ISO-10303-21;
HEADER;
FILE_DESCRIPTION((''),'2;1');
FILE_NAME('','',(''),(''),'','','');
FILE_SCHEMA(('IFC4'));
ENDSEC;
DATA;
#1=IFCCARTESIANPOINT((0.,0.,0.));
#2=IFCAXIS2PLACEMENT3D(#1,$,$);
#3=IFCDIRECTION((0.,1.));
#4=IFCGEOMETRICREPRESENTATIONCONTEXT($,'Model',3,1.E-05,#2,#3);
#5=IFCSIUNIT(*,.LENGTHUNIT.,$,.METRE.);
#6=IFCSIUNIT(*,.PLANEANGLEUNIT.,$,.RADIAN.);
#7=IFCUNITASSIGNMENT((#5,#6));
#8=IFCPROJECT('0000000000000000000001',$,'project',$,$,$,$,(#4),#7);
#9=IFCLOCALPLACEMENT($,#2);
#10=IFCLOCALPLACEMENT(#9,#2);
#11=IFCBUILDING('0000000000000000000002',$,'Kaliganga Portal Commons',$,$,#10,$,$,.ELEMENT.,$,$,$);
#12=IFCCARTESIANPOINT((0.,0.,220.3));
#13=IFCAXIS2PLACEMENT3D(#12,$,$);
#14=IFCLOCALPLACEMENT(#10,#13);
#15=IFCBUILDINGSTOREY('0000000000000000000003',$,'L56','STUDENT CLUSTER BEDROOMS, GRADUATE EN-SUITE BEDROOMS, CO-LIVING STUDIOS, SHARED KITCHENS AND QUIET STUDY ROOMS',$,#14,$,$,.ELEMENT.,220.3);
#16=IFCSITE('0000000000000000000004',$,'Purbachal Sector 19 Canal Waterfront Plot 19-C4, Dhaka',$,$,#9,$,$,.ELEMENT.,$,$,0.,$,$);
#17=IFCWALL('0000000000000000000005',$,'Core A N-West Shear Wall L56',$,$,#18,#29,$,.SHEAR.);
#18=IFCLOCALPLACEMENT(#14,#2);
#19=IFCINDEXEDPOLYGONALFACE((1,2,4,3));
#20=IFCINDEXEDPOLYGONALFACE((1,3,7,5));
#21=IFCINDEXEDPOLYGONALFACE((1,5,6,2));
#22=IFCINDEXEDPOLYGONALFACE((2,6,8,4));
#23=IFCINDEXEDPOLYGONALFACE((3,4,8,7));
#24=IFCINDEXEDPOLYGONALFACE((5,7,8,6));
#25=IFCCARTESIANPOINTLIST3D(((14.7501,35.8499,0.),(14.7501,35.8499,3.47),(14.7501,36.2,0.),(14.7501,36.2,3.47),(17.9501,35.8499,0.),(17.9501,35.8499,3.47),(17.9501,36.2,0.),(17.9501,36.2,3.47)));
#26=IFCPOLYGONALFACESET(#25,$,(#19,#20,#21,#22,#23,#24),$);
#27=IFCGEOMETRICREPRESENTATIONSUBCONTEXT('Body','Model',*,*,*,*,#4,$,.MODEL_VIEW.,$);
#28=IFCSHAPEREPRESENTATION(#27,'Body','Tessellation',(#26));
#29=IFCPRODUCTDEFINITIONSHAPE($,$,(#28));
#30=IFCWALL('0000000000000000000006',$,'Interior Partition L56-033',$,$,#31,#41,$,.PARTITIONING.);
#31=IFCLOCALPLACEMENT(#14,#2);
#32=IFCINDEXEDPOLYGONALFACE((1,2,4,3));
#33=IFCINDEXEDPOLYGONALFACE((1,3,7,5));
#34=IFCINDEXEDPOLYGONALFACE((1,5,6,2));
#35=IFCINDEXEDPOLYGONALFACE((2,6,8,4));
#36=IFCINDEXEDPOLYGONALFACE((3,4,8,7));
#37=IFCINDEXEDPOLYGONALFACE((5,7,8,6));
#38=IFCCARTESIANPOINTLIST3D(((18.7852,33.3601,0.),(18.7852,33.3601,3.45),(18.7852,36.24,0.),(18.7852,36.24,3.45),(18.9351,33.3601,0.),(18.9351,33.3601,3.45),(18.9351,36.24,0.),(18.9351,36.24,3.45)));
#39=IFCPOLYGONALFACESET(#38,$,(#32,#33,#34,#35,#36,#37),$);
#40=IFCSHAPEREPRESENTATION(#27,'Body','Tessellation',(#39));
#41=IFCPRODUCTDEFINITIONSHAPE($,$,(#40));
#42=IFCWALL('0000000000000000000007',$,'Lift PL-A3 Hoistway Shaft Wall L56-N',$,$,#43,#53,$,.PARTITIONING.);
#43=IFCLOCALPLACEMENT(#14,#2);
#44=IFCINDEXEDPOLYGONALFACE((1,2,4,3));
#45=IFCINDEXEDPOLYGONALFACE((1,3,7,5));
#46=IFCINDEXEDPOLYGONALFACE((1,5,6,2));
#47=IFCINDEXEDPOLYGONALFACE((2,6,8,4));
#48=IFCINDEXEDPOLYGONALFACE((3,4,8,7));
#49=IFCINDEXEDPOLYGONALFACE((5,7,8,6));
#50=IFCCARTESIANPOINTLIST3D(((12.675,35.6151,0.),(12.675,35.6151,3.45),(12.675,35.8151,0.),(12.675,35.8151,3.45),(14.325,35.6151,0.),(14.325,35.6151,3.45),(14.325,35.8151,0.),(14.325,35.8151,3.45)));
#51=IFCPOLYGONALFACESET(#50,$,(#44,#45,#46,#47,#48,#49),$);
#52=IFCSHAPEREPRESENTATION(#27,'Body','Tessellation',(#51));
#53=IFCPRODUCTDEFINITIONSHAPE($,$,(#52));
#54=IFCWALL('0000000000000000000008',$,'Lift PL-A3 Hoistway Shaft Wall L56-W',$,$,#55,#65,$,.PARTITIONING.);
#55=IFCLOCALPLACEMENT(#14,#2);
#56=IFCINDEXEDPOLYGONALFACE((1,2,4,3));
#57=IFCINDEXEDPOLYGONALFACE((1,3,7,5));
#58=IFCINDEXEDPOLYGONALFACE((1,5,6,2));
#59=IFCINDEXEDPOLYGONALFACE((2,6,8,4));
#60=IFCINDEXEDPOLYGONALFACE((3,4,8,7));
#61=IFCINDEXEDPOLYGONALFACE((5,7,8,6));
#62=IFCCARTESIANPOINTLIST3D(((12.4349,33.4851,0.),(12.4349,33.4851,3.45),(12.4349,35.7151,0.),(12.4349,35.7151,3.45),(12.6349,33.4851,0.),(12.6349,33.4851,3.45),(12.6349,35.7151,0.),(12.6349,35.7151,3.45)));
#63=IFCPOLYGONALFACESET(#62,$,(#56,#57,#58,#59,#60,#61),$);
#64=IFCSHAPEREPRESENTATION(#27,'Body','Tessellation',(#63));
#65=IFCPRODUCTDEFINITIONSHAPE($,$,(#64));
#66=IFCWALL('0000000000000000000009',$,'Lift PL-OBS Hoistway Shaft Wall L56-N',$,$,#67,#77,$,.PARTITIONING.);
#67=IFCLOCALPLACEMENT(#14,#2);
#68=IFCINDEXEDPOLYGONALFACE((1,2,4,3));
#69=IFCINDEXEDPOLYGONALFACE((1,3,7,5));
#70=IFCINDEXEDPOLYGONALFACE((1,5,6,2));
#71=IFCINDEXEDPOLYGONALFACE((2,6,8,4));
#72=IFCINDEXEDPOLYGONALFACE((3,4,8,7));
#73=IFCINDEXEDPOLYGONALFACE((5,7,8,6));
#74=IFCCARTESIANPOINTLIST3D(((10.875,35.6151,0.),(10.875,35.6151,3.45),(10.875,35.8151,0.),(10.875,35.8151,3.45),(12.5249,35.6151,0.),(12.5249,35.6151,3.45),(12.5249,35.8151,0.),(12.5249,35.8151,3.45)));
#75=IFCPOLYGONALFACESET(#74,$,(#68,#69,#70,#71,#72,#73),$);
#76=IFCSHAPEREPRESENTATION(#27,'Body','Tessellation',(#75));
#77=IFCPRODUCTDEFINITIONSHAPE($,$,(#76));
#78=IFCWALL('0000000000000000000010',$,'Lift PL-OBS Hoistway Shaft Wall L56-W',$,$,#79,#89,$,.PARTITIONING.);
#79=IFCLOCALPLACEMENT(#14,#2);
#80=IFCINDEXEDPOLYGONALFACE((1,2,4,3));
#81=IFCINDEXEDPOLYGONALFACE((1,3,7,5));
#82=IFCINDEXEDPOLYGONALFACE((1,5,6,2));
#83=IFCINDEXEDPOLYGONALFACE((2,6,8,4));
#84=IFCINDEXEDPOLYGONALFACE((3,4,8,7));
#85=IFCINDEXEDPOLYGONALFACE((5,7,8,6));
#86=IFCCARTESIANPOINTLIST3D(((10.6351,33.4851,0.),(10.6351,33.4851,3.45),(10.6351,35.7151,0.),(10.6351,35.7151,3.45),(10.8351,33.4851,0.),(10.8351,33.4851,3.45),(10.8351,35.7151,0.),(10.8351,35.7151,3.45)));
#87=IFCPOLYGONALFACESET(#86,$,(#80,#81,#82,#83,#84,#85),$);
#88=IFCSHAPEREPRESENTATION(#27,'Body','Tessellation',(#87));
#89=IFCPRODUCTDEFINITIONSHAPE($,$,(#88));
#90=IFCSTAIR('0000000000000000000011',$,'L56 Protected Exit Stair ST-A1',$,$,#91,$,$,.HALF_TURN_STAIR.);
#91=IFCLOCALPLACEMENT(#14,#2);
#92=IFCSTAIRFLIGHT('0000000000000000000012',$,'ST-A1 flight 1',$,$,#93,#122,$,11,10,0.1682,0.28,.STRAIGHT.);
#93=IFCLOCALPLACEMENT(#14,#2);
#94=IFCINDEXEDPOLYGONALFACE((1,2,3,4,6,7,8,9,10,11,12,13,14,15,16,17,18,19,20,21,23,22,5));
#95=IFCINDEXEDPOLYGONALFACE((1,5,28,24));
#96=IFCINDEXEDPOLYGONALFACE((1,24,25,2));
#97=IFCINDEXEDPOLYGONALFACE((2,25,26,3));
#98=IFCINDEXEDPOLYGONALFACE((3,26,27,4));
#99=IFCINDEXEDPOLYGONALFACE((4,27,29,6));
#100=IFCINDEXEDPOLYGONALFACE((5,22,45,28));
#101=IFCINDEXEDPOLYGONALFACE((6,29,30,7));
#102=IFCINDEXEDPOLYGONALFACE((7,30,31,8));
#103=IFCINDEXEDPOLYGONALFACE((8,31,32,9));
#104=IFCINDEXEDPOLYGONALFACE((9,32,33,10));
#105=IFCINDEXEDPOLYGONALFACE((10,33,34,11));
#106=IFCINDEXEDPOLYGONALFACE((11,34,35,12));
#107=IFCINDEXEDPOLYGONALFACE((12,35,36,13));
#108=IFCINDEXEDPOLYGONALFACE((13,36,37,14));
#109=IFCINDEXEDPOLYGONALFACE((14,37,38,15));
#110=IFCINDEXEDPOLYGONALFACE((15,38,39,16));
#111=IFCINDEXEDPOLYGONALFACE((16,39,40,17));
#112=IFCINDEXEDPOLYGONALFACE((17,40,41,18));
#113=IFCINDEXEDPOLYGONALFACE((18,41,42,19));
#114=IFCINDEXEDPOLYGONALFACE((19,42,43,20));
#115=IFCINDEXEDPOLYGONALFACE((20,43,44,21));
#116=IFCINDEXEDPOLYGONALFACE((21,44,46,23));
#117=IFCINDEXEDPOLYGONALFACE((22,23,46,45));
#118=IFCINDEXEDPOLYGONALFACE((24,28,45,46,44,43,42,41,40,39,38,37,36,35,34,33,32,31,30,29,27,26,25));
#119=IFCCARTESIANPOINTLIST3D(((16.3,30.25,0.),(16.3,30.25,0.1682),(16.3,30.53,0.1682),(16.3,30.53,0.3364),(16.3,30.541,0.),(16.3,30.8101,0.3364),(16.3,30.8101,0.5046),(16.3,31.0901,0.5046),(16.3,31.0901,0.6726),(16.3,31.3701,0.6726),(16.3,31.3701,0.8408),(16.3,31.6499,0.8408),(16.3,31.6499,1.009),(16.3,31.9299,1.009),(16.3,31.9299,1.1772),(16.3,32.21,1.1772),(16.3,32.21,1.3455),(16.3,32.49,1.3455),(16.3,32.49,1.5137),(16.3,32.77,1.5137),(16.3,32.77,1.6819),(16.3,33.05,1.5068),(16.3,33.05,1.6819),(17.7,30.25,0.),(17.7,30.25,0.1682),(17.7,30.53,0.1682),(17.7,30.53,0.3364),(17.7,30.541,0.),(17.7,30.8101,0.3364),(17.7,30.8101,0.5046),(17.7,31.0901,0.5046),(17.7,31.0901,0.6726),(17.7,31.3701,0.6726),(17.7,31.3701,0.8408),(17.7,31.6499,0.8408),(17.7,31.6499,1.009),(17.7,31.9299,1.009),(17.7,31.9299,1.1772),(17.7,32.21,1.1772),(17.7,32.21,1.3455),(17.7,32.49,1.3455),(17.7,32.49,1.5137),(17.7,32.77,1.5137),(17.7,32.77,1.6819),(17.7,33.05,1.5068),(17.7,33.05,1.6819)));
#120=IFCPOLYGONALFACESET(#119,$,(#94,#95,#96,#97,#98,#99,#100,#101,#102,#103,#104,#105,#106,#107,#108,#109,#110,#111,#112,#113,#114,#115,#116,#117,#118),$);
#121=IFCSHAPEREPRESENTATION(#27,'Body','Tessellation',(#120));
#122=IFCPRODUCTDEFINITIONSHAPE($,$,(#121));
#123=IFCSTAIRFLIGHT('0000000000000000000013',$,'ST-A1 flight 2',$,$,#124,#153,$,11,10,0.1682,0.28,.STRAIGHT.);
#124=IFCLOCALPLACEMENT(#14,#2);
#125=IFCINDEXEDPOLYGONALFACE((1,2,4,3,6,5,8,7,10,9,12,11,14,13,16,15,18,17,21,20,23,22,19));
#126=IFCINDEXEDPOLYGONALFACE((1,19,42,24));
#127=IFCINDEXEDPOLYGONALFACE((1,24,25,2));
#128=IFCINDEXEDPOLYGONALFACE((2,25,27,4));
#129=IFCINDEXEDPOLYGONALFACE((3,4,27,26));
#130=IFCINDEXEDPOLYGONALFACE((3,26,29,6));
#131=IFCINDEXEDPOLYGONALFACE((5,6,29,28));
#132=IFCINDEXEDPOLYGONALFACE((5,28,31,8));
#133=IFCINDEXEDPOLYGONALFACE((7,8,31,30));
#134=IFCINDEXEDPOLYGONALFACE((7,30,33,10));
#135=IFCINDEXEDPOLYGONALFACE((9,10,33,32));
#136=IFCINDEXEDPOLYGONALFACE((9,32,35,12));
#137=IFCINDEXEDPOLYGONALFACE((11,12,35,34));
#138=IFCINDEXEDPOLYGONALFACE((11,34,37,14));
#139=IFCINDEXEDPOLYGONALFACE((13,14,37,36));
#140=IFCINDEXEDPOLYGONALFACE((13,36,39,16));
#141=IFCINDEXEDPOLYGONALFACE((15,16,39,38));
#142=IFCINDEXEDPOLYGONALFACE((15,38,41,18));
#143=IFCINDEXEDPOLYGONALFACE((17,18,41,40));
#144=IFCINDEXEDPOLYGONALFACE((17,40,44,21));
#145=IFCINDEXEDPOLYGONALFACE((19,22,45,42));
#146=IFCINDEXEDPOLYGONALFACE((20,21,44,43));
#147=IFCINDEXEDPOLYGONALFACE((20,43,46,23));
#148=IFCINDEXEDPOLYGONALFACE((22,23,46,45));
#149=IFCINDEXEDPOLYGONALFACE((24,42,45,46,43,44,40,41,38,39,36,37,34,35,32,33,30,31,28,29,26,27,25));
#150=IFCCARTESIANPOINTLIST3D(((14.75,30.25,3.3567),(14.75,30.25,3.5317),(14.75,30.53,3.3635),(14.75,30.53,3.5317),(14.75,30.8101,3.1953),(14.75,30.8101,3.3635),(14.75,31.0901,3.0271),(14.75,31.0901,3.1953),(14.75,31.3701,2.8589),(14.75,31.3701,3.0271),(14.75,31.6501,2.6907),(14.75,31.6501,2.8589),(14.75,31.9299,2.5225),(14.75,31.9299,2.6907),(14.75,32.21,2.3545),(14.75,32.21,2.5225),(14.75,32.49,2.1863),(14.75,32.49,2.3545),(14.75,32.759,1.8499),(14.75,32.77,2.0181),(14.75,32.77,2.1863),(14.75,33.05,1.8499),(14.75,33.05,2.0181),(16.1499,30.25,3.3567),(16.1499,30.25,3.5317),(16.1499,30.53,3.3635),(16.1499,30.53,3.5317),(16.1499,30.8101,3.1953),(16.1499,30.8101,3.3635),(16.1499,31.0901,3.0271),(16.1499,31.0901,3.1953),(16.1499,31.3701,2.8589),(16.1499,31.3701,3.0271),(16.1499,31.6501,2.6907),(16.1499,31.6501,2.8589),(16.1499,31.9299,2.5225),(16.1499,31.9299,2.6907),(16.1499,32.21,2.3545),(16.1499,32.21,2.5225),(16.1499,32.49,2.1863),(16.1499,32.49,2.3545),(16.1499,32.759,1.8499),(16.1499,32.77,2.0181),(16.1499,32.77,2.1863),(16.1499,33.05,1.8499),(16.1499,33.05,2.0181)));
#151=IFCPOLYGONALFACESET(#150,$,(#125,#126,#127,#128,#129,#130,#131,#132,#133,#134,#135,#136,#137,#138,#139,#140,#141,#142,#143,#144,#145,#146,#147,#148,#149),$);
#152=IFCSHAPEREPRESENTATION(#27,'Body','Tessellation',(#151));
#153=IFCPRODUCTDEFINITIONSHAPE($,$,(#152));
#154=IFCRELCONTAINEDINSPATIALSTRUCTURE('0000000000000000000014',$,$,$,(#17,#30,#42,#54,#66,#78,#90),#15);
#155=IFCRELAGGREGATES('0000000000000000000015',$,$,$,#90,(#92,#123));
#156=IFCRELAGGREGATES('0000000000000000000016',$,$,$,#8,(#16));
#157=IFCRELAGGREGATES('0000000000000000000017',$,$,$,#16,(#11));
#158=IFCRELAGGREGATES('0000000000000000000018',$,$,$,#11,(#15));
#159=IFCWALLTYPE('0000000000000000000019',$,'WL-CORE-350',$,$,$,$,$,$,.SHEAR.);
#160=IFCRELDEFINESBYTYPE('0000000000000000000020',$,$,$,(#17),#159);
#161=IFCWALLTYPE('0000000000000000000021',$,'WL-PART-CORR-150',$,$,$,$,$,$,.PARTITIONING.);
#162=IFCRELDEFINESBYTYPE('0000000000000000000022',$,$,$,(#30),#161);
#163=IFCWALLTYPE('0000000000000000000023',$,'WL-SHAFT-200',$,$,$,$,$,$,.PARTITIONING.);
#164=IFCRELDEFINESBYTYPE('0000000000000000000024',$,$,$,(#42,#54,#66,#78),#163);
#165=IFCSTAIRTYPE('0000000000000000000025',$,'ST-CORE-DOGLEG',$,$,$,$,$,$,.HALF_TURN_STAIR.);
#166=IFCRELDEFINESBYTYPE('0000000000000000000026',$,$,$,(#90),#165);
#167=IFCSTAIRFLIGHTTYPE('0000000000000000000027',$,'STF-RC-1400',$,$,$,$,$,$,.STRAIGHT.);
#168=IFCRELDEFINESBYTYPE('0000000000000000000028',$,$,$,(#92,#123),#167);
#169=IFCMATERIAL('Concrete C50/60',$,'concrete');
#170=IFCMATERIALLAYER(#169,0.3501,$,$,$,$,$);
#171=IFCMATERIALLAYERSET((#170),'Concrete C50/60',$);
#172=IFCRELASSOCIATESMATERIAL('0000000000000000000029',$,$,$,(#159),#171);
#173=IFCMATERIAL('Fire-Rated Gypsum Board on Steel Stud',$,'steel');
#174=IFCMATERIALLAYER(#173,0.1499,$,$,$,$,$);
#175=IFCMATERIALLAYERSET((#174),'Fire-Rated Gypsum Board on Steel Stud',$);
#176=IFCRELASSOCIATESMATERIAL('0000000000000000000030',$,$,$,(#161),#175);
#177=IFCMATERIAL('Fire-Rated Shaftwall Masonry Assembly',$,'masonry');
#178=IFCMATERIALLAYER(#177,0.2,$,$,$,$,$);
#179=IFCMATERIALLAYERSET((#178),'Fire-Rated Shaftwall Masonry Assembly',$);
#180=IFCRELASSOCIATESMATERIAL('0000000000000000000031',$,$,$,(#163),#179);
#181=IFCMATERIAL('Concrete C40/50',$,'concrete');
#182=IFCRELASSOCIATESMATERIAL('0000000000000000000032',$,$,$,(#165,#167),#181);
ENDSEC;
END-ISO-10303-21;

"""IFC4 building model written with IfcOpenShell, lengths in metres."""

from ifc_helpers import new_model, si_unit, direction, frame, frame_2d, origin, place, context, subcontext, project, spatial, polyline, rectangle, outline, extrude, material, layer, layer_set, type_object, element, aggregate, save


model = new_model("IFC4")

# Units and contexts
model_context = context("Model", 3, precision=1e-05, world=origin(), true_north=direction((0.0, 1.0)))
body_context = subcontext(model_context, "Body", "Model", "MODEL_VIEW")
ifc_project = project(units=[si_unit("LENGTHUNIT", "METRE"), si_unit("PLANEANGLEUNIT", "RADIAN")], contexts=[model_context])

# Site, building, storey
site_placement = place(None, origin())
site = spatial("IfcSite", under=ifc_project, at=site_placement, Name="Purbachal Sector 19 Canal Waterfront Plot 19-C4, Dhaka", CompositionType="ELEMENT", RefElevation=0.0)
building_placement = place(site_placement, origin())
building = spatial("IfcBuilding", under=site, at=building_placement, Name="Kaliganga Portal Commons", CompositionType="ELEMENT")
storey_placement = place(building_placement, frame((0.0, 0.0, 220.3)))
storey = spatial("IfcBuildingStorey", under=building, at=storey_placement, Name="L56", Description="STUDENT CLUSTER BEDROOMS, GRADUATE EN-SUITE BEDROOMS, CO-LIVING STUDIOS, SHARED KITCHENS AND QUIET STUDY ROOMS", CompositionType="ELEMENT", Elevation=220.3)

# Walls
ifc_material_1 = material(Name="Concrete C50/60", Category="concrete")
ifc_layer_1 = layer(ifc_material_1, 0.3501)
ifc_layer_set_1 = layer_set([ifc_layer_1], Name="Concrete C50/60")
wall_type_1 = type_object("IfcWallType", Name="WL-CORE-350", PredefinedType="SHEAR", material=ifc_layer_set_1)
wall_1_placement = place(storey_placement, frame((14.75, 36.0249, 0.0), z_axis=(0.0, 0.0, 1.0), x_axis=(1.0, 0.0, 0.0)))
element("IfcWall", 1, at=wall_1_placement, inside=storey, type_object=wall_type_1, Name="Core A N-West Shear Wall L56", PredefinedType="SHEAR", context=body_context, shape_type="SweptSolid", body=[
    extrude(rectangle(XDim=3.2, YDim=0.3501, at=frame_2d((1.6001, 0.0))), origin(), (0.0, 0.0, 1.0), 3.47),
])
ifc_material_2 = material(Name="Fire-Rated Gypsum Board on Steel Stud", Category="steel")
ifc_layer_2 = layer(ifc_material_2, 0.1499)
ifc_layer_set_2 = layer_set([ifc_layer_2], Name="Fire-Rated Gypsum Board on Steel Stud")
wall_type_2 = type_object("IfcWallType", Name="WL-PART-CORR-150", PredefinedType="PARTITIONING", material=ifc_layer_set_2)
wall_2_placement = place(storey_placement, frame((18.8601, 33.3601, 0.0), z_axis=(0.0, 0.0, 1.0), x_axis=(0.0, 1.0, 0.0)))
element("IfcWall", 2, at=wall_2_placement, inside=storey, type_object=wall_type_2, Name="Interior Partition L56-033", PredefinedType="PARTITIONING", context=body_context, shape_type="SweptSolid", body=[
    extrude(rectangle(XDim=2.8799, YDim=0.1499, at=frame_2d((1.4399, 0.0))), origin(), (0.0, 0.0, 1.0), 3.45),
])

# Shared definitions
ifc_material_3 = material(Name="Fire-Rated Shaftwall Masonry Assembly", Category="masonry")
ifc_layer_3 = layer(ifc_material_3, 0.2)
ifc_layer_set_3 = layer_set([ifc_layer_3], Name="Fire-Rated Shaftwall Masonry Assembly")
wall_type_3 = type_object("IfcWallType", Name="WL-SHAFT-200", PredefinedType="PARTITIONING", material=ifc_layer_set_3)

# Walls
wall_3_placement = place(storey_placement, frame((12.675, 35.7151, 0.0), z_axis=(0.0, 0.0, 1.0), x_axis=(1.0, 0.0, 0.0)))
element("IfcWall", 3, at=wall_3_placement, inside=storey, type_object=wall_type_3, Name="Lift PL-A3 Hoistway Shaft Wall L56-N", PredefinedType="PARTITIONING", context=body_context, shape_type="SweptSolid", body=[
    extrude(rectangle(XDim=1.6499, YDim=0.2, at=frame_2d((0.825, 0.0))), origin(), (0.0, 0.0, 1.0), 3.45),
])
wall_4_placement = place(storey_placement, frame((12.5349, 33.4851, 0.0), z_axis=(0.0, 0.0, 1.0), x_axis=(0.0, 1.0, 0.0)))
element("IfcWall", 4, at=wall_4_placement, inside=storey, type_object=wall_type_3, Name="Lift PL-A3 Hoistway Shaft Wall L56-W", PredefinedType="PARTITIONING", context=body_context, shape_type="SweptSolid", body=[
    extrude(rectangle(XDim=2.23, YDim=0.2, at=frame_2d((1.115, 0.0))), origin(), (0.0, 0.0, 1.0), 3.45),
])

# Walls
wall_5_placement = place(storey_placement, frame((10.875, 35.7151, 0.0), z_axis=(0.0, 0.0, 1.0), x_axis=(1.0, 0.0, 0.0)))
element("IfcWall", 5, at=wall_5_placement, inside=storey, type_object=wall_type_3, Name="Lift PL-OBS Hoistway Shaft Wall L56-N", PredefinedType="PARTITIONING", context=body_context, shape_type="SweptSolid", body=[
    extrude(rectangle(XDim=1.6499, YDim=0.2, at=frame_2d((0.825, 0.0))), origin(), (0.0, 0.0, 1.0), 3.45),
])
wall_6_placement = place(storey_placement, frame((10.7351, 33.4851, 0.0), z_axis=(0.0, 0.0, 1.0), x_axis=(0.0, 1.0, 0.0)))
element("IfcWall", 6, at=wall_6_placement, inside=storey, type_object=wall_type_3, Name="Lift PL-OBS Hoistway Shaft Wall L56-W", PredefinedType="PARTITIONING", context=body_context, shape_type="SweptSolid", body=[
    extrude(rectangle(XDim=2.23, YDim=0.2, at=frame_2d((1.115, 0.0))), origin(), (0.0, 0.0, 1.0), 3.45),
])

# Stair, stair flights
ifc_material_4 = material(Name="Concrete C40/50", Category="concrete")
stair_type = type_object("IfcStairType", Name="ST-CORE-DOGLEG", PredefinedType="HALF_TURN_STAIR", material=ifc_material_4)
stair_placement = place(storey_placement, origin())
stair = element("IfcStair", 7, at=stair_placement, inside=storey, type_object=stair_type, Name="L56 Protected Exit Stair ST-A1", PredefinedType="HALF_TURN_STAIR")
stair_flight_type = type_object("IfcStairFlightType", Name="STF-RC-1400", PredefinedType="STRAIGHT", material=ifc_material_4)
stair_flight_1_placement = place(storey_placement, frame((17.0, 30.25, 0.0), z_axis=(0.0, 0.0, 1.0), x_axis=(0.0, 1.0, 0.0)))
stair_flight_1 = element("IfcStairFlight", 8, at=stair_flight_1_placement, type_object=stair_flight_type, Name="ST-A1 flight 1", NumberOfRisers=11, NumberOfTreads=10, PredefinedType="STRAIGHT", RiserHeight=0.1682, TreadLength=0.28, context=body_context, shape_type="SweptSolid", body=[
    extrude(outline(polyline([(0.0, 0.0), (0.0, 0.1682), (0.28, 0.1682), (0.28, 0.3364), (0.5601, 0.3364), (0.5601, 0.5046), (0.8401, 0.5046), (0.8401, 0.6726), (1.1201, 0.6726), (1.1201, 0.8408), (1.3999, 0.8408), (1.3999, 1.009), (1.6799, 1.009), (1.6799, 1.1772), (1.96, 1.1772), (1.96, 1.3455), (2.24, 1.3455), (2.24, 1.5137), (2.52, 1.5137), (2.52, 1.6819), (2.8, 1.6819), (2.8, 1.8501), (2.8, 1.5068), (0.291, 0.0), (0.0, 0.0)])), frame((0.0, 0.7, 0.0), z_axis=(0.0, -1.0, 0.0), x_axis=(1.0, 0.0, 0.0)), (0.0, 0.0, 1.0), 1.3999),
])
stair_flight_2_placement = place(storey_placement, frame((15.45, 33.05, 1.8499), z_axis=(0.0, 0.0, 1.0), x_axis=(0.0, -1.0, 0.0)))
stair_flight_2 = element("IfcStairFlight", 9, at=stair_flight_2_placement, type_object=stair_flight_type, Name="ST-A1 flight 2", NumberOfRisers=11, NumberOfTreads=10, PredefinedType="STRAIGHT", RiserHeight=0.1682, TreadLength=0.28, context=body_context, shape_type="SweptSolid", body=[
    extrude(outline(polyline([(0.0, 0.0), (0.0, 0.1682), (0.28, 0.1682), (0.28, 0.3364), (0.5601, 0.3364), (0.5601, 0.5046), (0.8401, 0.5046), (0.8401, 0.6726), (1.1201, 0.6726), (1.1201, 0.8408), (1.3999, 0.8408), (1.3999, 1.009), (1.6799, 1.009), (1.6799, 1.1772), (1.96, 1.1772), (1.96, 1.3455), (2.24, 1.3455), (2.24, 1.5137), (2.52, 1.5137), (2.52, 1.6819), (2.8, 1.6819), (2.8, 1.8501), (2.8, 1.5068), (0.291, 0.0), (0.0, 0.0)])), frame((0.0, 0.7, 0.0), z_axis=(0.0, -1.0, 0.0), x_axis=(1.0, 0.0, 0.0)), (0.0, 0.0, 1.0), 1.3999),
])
aggregate(stair, [stair_flight_1, stair_flight_2])

save(model, "model.ifc")
